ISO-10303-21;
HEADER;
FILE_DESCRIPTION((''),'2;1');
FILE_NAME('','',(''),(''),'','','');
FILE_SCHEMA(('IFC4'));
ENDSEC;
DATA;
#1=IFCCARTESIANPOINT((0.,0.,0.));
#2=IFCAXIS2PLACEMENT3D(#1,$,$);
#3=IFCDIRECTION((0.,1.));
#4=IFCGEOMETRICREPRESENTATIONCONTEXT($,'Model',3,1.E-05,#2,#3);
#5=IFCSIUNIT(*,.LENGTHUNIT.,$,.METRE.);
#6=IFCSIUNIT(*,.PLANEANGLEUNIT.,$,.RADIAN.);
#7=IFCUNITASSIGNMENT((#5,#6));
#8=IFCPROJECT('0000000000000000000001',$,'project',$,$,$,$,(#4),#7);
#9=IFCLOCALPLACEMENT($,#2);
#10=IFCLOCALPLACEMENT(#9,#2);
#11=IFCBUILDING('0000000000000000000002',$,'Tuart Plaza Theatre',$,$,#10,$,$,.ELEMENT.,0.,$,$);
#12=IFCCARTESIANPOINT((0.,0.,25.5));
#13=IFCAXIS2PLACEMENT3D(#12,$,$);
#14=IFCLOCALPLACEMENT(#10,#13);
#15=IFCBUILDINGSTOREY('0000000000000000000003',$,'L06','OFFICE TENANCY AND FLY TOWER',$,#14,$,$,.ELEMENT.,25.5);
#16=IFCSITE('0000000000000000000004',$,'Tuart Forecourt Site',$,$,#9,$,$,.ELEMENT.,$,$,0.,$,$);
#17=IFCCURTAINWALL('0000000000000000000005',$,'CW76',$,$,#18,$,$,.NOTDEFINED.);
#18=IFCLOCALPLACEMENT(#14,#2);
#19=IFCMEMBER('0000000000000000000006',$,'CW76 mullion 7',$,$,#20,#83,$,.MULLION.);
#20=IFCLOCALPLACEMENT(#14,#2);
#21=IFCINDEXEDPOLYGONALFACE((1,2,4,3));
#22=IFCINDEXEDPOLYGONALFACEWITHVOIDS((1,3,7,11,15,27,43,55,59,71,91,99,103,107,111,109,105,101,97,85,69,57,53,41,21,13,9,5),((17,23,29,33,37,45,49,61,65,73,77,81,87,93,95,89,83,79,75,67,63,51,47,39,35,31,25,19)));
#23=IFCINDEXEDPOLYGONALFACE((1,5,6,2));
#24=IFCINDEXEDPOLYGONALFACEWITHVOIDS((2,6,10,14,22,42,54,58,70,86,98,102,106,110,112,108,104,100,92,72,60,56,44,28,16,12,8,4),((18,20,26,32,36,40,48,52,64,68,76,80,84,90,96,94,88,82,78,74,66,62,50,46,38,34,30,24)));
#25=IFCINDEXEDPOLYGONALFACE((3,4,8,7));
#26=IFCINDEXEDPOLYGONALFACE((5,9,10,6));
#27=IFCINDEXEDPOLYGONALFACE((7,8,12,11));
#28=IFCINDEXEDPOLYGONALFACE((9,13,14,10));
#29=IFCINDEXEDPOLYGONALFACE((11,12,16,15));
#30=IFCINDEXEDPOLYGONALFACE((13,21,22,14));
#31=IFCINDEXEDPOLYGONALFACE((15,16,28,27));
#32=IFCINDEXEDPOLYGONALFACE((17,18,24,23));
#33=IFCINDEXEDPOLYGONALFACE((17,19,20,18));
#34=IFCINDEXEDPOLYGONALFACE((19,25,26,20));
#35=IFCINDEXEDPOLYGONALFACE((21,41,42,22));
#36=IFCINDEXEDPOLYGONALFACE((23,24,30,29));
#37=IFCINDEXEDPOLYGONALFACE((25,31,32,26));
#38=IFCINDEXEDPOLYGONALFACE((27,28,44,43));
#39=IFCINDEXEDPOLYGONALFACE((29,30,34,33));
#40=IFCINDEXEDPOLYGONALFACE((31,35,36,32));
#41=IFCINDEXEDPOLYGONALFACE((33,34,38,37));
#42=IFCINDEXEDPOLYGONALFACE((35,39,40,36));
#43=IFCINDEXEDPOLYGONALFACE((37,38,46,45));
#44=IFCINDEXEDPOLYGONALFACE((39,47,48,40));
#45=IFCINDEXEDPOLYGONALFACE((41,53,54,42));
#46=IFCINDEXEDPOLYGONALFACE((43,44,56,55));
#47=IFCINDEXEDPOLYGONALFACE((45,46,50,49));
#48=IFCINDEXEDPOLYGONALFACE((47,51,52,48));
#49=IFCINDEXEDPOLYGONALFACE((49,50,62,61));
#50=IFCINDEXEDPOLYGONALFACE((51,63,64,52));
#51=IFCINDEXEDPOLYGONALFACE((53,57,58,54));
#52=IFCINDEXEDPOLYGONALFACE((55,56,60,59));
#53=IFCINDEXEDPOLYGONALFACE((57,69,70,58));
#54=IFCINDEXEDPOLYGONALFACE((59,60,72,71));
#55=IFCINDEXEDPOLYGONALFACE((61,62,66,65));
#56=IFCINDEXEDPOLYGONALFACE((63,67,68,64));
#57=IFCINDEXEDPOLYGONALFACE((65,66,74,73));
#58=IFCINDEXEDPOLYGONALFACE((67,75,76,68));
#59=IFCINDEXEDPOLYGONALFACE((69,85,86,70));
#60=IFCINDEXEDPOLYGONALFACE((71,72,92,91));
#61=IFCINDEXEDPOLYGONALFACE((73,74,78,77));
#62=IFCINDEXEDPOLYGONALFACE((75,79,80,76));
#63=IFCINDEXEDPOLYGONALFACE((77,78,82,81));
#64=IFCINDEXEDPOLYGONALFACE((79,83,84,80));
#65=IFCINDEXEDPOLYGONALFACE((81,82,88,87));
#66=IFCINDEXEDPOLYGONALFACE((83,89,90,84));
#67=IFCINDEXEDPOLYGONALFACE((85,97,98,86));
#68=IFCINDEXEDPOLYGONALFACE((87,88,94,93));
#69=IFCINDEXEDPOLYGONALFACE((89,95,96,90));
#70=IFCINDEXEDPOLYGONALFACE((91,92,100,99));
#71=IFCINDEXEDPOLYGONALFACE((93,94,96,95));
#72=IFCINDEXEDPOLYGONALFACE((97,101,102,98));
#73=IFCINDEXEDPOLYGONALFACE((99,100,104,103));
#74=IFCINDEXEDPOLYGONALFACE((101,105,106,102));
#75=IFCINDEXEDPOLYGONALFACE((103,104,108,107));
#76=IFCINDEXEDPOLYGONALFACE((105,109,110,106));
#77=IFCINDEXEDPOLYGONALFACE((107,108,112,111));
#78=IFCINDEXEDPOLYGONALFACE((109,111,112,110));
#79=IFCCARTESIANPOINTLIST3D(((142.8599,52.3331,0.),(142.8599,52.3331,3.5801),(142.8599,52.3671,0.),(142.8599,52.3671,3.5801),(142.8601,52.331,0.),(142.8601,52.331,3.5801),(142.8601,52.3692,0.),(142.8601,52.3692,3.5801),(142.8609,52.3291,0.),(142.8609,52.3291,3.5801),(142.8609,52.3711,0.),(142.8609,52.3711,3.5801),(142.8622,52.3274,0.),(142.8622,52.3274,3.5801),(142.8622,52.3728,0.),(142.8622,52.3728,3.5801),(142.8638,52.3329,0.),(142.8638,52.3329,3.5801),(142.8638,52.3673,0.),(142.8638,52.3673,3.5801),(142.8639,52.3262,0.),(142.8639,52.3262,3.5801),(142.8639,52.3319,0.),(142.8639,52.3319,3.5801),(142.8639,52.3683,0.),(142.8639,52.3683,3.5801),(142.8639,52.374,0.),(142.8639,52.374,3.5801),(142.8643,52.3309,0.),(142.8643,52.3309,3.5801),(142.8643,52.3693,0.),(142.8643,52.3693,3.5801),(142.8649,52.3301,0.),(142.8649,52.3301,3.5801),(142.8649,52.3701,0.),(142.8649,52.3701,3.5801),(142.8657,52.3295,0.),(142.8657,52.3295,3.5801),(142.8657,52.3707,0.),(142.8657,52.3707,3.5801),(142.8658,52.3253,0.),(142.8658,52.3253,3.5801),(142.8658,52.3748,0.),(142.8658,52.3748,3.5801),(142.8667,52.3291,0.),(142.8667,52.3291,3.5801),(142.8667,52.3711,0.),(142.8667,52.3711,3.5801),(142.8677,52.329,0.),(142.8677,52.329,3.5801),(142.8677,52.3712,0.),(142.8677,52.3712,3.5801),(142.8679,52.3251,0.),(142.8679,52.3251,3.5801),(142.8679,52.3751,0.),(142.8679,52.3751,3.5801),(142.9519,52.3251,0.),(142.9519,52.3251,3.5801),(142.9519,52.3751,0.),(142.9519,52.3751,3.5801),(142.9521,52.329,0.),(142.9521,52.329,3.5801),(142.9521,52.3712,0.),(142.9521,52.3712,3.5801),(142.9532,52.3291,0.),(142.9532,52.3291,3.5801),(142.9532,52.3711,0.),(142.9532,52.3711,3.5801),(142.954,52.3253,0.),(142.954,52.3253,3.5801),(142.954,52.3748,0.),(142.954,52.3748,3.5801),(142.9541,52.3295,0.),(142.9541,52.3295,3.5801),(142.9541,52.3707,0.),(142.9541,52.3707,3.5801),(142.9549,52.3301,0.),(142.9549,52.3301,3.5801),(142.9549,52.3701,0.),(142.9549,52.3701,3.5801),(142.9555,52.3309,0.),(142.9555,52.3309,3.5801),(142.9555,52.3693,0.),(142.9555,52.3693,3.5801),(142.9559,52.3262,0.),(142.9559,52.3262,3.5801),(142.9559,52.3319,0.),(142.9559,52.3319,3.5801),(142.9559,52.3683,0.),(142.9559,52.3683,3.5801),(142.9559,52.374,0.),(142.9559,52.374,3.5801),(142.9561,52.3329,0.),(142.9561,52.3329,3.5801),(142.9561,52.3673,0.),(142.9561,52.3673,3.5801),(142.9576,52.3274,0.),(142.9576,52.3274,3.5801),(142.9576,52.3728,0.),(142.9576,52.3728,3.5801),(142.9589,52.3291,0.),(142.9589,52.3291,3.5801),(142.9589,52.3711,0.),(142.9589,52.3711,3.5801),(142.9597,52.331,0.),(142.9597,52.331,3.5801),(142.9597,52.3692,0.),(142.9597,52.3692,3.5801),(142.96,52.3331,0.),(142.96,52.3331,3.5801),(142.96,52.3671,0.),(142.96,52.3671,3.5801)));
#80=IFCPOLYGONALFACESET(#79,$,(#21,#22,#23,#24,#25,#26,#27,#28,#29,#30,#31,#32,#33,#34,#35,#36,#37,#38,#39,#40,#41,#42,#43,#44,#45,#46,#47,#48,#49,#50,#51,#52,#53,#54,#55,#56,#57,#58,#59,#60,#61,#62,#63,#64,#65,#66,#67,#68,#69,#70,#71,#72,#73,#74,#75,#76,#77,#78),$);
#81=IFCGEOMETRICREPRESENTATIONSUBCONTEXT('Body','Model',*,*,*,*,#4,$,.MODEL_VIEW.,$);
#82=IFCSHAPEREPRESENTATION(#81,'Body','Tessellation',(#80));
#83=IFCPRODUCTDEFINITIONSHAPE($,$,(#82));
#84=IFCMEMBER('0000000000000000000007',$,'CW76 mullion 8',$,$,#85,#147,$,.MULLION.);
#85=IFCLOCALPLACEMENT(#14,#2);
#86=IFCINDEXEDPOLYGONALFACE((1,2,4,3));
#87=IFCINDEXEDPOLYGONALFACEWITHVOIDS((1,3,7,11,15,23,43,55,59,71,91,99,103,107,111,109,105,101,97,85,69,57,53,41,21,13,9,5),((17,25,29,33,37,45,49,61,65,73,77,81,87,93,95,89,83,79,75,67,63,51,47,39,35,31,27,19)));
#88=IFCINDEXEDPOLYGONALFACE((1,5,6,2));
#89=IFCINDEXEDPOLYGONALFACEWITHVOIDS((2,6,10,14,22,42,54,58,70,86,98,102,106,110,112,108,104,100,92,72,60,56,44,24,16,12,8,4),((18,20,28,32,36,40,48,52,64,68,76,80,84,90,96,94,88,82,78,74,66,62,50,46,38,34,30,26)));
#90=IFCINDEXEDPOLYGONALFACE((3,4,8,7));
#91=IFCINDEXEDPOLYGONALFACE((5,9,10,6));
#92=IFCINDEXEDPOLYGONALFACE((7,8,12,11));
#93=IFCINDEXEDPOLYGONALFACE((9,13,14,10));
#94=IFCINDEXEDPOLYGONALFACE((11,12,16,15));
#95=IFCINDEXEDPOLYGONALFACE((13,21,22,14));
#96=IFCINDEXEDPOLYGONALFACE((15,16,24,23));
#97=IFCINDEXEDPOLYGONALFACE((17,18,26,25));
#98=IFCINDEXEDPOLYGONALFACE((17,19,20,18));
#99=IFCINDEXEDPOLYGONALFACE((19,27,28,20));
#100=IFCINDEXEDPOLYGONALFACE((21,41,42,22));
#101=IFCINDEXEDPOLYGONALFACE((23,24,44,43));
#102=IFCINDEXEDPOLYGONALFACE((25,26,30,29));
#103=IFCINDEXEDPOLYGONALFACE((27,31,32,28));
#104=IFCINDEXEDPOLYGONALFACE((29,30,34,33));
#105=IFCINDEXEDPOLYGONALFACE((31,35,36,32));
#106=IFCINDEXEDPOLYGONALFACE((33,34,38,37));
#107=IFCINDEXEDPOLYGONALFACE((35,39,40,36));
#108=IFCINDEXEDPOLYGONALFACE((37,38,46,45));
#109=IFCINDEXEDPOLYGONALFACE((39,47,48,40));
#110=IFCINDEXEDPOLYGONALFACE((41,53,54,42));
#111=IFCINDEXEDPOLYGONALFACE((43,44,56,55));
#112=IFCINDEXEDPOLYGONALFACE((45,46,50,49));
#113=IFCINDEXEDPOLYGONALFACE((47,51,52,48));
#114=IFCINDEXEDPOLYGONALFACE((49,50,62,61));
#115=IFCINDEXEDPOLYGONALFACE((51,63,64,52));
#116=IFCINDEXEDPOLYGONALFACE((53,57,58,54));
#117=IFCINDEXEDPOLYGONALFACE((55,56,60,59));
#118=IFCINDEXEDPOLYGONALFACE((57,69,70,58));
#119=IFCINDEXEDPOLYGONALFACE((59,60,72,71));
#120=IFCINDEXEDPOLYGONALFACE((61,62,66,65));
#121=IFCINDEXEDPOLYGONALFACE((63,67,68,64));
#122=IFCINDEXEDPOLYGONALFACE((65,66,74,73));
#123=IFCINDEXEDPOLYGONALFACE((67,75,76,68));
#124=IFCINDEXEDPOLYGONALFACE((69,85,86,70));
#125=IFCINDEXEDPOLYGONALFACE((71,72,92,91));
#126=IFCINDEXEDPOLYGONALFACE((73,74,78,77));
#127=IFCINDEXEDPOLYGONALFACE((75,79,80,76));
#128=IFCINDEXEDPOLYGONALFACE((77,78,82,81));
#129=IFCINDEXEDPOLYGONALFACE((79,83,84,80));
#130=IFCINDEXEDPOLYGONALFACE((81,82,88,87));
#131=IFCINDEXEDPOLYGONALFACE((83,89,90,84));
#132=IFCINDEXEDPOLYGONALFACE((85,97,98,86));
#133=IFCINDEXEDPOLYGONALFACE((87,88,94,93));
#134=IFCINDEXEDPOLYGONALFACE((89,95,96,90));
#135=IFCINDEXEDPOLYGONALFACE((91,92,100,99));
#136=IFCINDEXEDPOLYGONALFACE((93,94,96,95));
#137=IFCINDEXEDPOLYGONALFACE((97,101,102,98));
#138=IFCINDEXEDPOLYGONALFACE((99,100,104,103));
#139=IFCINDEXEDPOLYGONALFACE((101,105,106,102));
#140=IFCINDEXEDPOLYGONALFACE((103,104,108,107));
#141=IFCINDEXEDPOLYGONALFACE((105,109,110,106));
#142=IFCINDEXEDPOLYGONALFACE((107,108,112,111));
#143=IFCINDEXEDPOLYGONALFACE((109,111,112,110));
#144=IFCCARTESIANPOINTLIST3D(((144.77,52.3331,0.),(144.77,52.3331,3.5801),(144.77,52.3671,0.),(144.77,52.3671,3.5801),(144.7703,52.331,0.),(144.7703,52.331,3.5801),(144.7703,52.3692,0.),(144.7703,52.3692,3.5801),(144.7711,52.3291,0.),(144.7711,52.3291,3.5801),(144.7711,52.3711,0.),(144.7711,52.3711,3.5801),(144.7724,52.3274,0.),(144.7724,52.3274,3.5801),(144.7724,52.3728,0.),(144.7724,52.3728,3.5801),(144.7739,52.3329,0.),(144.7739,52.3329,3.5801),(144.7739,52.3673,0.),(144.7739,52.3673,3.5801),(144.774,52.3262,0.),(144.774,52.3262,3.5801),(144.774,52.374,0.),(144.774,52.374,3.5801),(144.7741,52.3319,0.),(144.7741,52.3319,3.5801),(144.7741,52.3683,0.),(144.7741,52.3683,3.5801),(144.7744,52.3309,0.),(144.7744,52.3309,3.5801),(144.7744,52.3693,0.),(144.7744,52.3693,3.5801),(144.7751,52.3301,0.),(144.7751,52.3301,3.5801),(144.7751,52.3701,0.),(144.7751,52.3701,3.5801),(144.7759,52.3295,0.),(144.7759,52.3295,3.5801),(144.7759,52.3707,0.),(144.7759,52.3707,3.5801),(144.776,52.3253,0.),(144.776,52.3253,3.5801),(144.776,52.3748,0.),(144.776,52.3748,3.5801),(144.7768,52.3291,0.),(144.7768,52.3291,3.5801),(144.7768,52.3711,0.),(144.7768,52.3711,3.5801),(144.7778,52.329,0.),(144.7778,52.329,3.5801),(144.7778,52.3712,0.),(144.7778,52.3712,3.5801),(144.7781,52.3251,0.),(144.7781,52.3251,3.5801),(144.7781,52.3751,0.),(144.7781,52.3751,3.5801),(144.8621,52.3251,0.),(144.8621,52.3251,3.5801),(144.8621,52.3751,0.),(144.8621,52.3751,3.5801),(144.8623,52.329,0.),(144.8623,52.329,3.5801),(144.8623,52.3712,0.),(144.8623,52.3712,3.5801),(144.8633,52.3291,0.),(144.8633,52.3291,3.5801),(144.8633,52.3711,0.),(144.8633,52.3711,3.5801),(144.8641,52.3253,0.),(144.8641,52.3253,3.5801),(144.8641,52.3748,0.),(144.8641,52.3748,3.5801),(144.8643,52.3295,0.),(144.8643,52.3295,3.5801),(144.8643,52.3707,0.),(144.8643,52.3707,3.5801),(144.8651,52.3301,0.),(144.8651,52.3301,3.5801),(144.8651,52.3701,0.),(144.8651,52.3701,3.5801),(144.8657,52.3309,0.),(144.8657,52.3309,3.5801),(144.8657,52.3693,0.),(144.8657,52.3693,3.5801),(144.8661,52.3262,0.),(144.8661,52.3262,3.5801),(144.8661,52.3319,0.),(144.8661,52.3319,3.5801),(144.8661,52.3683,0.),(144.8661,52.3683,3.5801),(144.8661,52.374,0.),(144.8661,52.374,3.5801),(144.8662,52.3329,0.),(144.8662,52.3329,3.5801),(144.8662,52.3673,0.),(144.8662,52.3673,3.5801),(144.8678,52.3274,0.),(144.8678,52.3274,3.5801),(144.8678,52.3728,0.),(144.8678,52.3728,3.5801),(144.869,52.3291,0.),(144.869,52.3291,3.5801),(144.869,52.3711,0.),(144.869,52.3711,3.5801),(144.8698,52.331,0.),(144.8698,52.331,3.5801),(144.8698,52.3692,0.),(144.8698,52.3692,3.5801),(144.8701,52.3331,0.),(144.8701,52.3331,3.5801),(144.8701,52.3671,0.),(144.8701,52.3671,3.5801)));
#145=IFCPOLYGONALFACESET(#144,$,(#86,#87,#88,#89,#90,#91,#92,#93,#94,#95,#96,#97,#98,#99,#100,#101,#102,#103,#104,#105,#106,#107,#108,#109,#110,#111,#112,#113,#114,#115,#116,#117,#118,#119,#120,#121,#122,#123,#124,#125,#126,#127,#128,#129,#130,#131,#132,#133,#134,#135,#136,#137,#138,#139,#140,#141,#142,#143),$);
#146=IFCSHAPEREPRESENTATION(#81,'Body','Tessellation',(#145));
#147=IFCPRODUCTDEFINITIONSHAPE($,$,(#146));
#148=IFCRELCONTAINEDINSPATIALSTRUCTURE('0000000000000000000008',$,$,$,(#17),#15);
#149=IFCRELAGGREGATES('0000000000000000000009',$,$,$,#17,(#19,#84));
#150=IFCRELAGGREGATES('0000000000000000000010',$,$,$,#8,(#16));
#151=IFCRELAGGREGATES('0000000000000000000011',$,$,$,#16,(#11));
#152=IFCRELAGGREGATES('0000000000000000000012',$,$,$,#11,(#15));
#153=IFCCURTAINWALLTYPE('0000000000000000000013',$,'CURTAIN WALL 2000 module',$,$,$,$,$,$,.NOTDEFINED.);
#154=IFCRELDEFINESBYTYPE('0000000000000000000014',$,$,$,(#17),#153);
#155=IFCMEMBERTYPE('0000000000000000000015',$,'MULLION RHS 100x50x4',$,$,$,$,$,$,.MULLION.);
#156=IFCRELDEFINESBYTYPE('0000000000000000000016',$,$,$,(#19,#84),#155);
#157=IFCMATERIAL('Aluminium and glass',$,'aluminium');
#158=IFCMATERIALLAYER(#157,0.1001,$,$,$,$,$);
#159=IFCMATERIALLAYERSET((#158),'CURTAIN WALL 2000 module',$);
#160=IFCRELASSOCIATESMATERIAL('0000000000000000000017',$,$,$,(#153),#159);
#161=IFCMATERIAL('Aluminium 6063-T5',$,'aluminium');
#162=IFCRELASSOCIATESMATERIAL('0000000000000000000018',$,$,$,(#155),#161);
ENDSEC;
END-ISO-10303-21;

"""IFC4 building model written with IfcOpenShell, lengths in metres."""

from ifc_helpers import new_model, si_unit, direction, frame, origin, origin_2d, place, context, subcontext, project, spatial, hollow_rectangle, extrude, material, layer, layer_set, material_profile, profile_set, type_object, element, aggregate, save


model = new_model("IFC4")

# Units and contexts
model_context = context("Model", 3, precision=1e-05, world=origin(), true_north=direction((0.0, 1.0)))
body_context = subcontext(model_context, "Body", "Model", "MODEL_VIEW")
ifc_project = project(units=[si_unit("LENGTHUNIT", "METRE"), si_unit("PLANEANGLEUNIT", "RADIAN")], contexts=[model_context])

# Site, building, storey
site_placement = place(None, origin())
site = spatial("IfcSite", under=ifc_project, at=site_placement, Name="Tuart Forecourt Site", CompositionType="ELEMENT", RefElevation=0.0)
building_placement = place(site_placement, origin())
building = spatial("IfcBuilding", under=site, at=building_placement, Name="Tuart Plaza Theatre", CompositionType="ELEMENT", ElevationOfRefHeight=0.0)
storey_placement = place(building_placement, frame((0.0, 0.0, 25.5)))
storey = spatial("IfcBuildingStorey", under=building, at=storey_placement, Name="L06", Description="OFFICE TENANCY AND FLY TOWER", CompositionType="ELEMENT", Elevation=25.5)

# Curtain wall, members
ifc_material_1 = material(Name="Aluminium and glass", Category="aluminium")
ifc_layer_1 = layer(ifc_material_1, 0.1001)
ifc_layer_set_1 = layer_set([ifc_layer_1], Name="CURTAIN WALL 2000 module")
curtain_wall_type = type_object("IfcCurtainWallType", Name="CURTAIN WALL 2000 module", PredefinedType="NOTDEFINED", material=ifc_layer_set_1)
curtain_wall_placement = place(storey_placement, origin())
curtain_wall = element("IfcCurtainWall", 1, at=curtain_wall_placement, inside=storey, type_object=curtain_wall_type, Name="CW76", PredefinedType="NOTDEFINED")
ifc_material_2 = material(Name="Aluminium 6063-T5", Category="aluminium")
ifc_material_profile_1 = material_profile(ifc_material_2, hollow_rectangle(XDim=0.05, YDim=0.1001, WallThickness=0.0039, InnerFilletRadius=0.0039, OuterFilletRadius=0.0081, at=origin_2d()), Name="RHS 100x50x4")
ifc_profile_set_1 = profile_set([ifc_material_profile_1], Name="Aluminium 6063-T5")
member_type_1 = type_object("IfcMemberType", Name="MULLION RHS 100x50x4", PredefinedType="MULLION", material=ifc_profile_set_1)
member_1_placement = place(storey_placement, frame((142.9099, 52.3501, 0.0), z_axis=(0.0, 0.0, 1.0), x_axis=(0.0, 1.0, 0.0)))
member_1 = element("IfcMember", 2, at=member_1_placement, type_object=member_type_1, Name="CW76 mullion 7", PredefinedType="MULLION", context=body_context, shape_type="SweptSolid", body=[
    extrude(hollow_rectangle(XDim=0.05, YDim=0.1001, WallThickness=0.0039, InnerFilletRadius=0.0039, OuterFilletRadius=0.0081, at=origin_2d()), origin(), (0.0, 0.0, 1.0), 3.5801),
])
member_2_placement = place(storey_placement, frame((144.8201, 52.3501, 0.0), z_axis=(0.0, 0.0, 1.0), x_axis=(0.0, 1.0, 0.0)))
member_2 = element("IfcMember", 3, at=member_2_placement, type_object=member_type_1, Name="CW76 mullion 8", PredefinedType="MULLION", context=body_context, shape_type="SweptSolid", body=[
    extrude(hollow_rectangle(XDim=0.05, YDim=0.1001, WallThickness=0.0039, InnerFilletRadius=0.0039, OuterFilletRadius=0.0081, at=origin_2d()), origin(), (0.0, 0.0, 1.0), 3.5801),
])
aggregate(curtain_wall, [member_1, member_2])

save(model, "model.ifc")
